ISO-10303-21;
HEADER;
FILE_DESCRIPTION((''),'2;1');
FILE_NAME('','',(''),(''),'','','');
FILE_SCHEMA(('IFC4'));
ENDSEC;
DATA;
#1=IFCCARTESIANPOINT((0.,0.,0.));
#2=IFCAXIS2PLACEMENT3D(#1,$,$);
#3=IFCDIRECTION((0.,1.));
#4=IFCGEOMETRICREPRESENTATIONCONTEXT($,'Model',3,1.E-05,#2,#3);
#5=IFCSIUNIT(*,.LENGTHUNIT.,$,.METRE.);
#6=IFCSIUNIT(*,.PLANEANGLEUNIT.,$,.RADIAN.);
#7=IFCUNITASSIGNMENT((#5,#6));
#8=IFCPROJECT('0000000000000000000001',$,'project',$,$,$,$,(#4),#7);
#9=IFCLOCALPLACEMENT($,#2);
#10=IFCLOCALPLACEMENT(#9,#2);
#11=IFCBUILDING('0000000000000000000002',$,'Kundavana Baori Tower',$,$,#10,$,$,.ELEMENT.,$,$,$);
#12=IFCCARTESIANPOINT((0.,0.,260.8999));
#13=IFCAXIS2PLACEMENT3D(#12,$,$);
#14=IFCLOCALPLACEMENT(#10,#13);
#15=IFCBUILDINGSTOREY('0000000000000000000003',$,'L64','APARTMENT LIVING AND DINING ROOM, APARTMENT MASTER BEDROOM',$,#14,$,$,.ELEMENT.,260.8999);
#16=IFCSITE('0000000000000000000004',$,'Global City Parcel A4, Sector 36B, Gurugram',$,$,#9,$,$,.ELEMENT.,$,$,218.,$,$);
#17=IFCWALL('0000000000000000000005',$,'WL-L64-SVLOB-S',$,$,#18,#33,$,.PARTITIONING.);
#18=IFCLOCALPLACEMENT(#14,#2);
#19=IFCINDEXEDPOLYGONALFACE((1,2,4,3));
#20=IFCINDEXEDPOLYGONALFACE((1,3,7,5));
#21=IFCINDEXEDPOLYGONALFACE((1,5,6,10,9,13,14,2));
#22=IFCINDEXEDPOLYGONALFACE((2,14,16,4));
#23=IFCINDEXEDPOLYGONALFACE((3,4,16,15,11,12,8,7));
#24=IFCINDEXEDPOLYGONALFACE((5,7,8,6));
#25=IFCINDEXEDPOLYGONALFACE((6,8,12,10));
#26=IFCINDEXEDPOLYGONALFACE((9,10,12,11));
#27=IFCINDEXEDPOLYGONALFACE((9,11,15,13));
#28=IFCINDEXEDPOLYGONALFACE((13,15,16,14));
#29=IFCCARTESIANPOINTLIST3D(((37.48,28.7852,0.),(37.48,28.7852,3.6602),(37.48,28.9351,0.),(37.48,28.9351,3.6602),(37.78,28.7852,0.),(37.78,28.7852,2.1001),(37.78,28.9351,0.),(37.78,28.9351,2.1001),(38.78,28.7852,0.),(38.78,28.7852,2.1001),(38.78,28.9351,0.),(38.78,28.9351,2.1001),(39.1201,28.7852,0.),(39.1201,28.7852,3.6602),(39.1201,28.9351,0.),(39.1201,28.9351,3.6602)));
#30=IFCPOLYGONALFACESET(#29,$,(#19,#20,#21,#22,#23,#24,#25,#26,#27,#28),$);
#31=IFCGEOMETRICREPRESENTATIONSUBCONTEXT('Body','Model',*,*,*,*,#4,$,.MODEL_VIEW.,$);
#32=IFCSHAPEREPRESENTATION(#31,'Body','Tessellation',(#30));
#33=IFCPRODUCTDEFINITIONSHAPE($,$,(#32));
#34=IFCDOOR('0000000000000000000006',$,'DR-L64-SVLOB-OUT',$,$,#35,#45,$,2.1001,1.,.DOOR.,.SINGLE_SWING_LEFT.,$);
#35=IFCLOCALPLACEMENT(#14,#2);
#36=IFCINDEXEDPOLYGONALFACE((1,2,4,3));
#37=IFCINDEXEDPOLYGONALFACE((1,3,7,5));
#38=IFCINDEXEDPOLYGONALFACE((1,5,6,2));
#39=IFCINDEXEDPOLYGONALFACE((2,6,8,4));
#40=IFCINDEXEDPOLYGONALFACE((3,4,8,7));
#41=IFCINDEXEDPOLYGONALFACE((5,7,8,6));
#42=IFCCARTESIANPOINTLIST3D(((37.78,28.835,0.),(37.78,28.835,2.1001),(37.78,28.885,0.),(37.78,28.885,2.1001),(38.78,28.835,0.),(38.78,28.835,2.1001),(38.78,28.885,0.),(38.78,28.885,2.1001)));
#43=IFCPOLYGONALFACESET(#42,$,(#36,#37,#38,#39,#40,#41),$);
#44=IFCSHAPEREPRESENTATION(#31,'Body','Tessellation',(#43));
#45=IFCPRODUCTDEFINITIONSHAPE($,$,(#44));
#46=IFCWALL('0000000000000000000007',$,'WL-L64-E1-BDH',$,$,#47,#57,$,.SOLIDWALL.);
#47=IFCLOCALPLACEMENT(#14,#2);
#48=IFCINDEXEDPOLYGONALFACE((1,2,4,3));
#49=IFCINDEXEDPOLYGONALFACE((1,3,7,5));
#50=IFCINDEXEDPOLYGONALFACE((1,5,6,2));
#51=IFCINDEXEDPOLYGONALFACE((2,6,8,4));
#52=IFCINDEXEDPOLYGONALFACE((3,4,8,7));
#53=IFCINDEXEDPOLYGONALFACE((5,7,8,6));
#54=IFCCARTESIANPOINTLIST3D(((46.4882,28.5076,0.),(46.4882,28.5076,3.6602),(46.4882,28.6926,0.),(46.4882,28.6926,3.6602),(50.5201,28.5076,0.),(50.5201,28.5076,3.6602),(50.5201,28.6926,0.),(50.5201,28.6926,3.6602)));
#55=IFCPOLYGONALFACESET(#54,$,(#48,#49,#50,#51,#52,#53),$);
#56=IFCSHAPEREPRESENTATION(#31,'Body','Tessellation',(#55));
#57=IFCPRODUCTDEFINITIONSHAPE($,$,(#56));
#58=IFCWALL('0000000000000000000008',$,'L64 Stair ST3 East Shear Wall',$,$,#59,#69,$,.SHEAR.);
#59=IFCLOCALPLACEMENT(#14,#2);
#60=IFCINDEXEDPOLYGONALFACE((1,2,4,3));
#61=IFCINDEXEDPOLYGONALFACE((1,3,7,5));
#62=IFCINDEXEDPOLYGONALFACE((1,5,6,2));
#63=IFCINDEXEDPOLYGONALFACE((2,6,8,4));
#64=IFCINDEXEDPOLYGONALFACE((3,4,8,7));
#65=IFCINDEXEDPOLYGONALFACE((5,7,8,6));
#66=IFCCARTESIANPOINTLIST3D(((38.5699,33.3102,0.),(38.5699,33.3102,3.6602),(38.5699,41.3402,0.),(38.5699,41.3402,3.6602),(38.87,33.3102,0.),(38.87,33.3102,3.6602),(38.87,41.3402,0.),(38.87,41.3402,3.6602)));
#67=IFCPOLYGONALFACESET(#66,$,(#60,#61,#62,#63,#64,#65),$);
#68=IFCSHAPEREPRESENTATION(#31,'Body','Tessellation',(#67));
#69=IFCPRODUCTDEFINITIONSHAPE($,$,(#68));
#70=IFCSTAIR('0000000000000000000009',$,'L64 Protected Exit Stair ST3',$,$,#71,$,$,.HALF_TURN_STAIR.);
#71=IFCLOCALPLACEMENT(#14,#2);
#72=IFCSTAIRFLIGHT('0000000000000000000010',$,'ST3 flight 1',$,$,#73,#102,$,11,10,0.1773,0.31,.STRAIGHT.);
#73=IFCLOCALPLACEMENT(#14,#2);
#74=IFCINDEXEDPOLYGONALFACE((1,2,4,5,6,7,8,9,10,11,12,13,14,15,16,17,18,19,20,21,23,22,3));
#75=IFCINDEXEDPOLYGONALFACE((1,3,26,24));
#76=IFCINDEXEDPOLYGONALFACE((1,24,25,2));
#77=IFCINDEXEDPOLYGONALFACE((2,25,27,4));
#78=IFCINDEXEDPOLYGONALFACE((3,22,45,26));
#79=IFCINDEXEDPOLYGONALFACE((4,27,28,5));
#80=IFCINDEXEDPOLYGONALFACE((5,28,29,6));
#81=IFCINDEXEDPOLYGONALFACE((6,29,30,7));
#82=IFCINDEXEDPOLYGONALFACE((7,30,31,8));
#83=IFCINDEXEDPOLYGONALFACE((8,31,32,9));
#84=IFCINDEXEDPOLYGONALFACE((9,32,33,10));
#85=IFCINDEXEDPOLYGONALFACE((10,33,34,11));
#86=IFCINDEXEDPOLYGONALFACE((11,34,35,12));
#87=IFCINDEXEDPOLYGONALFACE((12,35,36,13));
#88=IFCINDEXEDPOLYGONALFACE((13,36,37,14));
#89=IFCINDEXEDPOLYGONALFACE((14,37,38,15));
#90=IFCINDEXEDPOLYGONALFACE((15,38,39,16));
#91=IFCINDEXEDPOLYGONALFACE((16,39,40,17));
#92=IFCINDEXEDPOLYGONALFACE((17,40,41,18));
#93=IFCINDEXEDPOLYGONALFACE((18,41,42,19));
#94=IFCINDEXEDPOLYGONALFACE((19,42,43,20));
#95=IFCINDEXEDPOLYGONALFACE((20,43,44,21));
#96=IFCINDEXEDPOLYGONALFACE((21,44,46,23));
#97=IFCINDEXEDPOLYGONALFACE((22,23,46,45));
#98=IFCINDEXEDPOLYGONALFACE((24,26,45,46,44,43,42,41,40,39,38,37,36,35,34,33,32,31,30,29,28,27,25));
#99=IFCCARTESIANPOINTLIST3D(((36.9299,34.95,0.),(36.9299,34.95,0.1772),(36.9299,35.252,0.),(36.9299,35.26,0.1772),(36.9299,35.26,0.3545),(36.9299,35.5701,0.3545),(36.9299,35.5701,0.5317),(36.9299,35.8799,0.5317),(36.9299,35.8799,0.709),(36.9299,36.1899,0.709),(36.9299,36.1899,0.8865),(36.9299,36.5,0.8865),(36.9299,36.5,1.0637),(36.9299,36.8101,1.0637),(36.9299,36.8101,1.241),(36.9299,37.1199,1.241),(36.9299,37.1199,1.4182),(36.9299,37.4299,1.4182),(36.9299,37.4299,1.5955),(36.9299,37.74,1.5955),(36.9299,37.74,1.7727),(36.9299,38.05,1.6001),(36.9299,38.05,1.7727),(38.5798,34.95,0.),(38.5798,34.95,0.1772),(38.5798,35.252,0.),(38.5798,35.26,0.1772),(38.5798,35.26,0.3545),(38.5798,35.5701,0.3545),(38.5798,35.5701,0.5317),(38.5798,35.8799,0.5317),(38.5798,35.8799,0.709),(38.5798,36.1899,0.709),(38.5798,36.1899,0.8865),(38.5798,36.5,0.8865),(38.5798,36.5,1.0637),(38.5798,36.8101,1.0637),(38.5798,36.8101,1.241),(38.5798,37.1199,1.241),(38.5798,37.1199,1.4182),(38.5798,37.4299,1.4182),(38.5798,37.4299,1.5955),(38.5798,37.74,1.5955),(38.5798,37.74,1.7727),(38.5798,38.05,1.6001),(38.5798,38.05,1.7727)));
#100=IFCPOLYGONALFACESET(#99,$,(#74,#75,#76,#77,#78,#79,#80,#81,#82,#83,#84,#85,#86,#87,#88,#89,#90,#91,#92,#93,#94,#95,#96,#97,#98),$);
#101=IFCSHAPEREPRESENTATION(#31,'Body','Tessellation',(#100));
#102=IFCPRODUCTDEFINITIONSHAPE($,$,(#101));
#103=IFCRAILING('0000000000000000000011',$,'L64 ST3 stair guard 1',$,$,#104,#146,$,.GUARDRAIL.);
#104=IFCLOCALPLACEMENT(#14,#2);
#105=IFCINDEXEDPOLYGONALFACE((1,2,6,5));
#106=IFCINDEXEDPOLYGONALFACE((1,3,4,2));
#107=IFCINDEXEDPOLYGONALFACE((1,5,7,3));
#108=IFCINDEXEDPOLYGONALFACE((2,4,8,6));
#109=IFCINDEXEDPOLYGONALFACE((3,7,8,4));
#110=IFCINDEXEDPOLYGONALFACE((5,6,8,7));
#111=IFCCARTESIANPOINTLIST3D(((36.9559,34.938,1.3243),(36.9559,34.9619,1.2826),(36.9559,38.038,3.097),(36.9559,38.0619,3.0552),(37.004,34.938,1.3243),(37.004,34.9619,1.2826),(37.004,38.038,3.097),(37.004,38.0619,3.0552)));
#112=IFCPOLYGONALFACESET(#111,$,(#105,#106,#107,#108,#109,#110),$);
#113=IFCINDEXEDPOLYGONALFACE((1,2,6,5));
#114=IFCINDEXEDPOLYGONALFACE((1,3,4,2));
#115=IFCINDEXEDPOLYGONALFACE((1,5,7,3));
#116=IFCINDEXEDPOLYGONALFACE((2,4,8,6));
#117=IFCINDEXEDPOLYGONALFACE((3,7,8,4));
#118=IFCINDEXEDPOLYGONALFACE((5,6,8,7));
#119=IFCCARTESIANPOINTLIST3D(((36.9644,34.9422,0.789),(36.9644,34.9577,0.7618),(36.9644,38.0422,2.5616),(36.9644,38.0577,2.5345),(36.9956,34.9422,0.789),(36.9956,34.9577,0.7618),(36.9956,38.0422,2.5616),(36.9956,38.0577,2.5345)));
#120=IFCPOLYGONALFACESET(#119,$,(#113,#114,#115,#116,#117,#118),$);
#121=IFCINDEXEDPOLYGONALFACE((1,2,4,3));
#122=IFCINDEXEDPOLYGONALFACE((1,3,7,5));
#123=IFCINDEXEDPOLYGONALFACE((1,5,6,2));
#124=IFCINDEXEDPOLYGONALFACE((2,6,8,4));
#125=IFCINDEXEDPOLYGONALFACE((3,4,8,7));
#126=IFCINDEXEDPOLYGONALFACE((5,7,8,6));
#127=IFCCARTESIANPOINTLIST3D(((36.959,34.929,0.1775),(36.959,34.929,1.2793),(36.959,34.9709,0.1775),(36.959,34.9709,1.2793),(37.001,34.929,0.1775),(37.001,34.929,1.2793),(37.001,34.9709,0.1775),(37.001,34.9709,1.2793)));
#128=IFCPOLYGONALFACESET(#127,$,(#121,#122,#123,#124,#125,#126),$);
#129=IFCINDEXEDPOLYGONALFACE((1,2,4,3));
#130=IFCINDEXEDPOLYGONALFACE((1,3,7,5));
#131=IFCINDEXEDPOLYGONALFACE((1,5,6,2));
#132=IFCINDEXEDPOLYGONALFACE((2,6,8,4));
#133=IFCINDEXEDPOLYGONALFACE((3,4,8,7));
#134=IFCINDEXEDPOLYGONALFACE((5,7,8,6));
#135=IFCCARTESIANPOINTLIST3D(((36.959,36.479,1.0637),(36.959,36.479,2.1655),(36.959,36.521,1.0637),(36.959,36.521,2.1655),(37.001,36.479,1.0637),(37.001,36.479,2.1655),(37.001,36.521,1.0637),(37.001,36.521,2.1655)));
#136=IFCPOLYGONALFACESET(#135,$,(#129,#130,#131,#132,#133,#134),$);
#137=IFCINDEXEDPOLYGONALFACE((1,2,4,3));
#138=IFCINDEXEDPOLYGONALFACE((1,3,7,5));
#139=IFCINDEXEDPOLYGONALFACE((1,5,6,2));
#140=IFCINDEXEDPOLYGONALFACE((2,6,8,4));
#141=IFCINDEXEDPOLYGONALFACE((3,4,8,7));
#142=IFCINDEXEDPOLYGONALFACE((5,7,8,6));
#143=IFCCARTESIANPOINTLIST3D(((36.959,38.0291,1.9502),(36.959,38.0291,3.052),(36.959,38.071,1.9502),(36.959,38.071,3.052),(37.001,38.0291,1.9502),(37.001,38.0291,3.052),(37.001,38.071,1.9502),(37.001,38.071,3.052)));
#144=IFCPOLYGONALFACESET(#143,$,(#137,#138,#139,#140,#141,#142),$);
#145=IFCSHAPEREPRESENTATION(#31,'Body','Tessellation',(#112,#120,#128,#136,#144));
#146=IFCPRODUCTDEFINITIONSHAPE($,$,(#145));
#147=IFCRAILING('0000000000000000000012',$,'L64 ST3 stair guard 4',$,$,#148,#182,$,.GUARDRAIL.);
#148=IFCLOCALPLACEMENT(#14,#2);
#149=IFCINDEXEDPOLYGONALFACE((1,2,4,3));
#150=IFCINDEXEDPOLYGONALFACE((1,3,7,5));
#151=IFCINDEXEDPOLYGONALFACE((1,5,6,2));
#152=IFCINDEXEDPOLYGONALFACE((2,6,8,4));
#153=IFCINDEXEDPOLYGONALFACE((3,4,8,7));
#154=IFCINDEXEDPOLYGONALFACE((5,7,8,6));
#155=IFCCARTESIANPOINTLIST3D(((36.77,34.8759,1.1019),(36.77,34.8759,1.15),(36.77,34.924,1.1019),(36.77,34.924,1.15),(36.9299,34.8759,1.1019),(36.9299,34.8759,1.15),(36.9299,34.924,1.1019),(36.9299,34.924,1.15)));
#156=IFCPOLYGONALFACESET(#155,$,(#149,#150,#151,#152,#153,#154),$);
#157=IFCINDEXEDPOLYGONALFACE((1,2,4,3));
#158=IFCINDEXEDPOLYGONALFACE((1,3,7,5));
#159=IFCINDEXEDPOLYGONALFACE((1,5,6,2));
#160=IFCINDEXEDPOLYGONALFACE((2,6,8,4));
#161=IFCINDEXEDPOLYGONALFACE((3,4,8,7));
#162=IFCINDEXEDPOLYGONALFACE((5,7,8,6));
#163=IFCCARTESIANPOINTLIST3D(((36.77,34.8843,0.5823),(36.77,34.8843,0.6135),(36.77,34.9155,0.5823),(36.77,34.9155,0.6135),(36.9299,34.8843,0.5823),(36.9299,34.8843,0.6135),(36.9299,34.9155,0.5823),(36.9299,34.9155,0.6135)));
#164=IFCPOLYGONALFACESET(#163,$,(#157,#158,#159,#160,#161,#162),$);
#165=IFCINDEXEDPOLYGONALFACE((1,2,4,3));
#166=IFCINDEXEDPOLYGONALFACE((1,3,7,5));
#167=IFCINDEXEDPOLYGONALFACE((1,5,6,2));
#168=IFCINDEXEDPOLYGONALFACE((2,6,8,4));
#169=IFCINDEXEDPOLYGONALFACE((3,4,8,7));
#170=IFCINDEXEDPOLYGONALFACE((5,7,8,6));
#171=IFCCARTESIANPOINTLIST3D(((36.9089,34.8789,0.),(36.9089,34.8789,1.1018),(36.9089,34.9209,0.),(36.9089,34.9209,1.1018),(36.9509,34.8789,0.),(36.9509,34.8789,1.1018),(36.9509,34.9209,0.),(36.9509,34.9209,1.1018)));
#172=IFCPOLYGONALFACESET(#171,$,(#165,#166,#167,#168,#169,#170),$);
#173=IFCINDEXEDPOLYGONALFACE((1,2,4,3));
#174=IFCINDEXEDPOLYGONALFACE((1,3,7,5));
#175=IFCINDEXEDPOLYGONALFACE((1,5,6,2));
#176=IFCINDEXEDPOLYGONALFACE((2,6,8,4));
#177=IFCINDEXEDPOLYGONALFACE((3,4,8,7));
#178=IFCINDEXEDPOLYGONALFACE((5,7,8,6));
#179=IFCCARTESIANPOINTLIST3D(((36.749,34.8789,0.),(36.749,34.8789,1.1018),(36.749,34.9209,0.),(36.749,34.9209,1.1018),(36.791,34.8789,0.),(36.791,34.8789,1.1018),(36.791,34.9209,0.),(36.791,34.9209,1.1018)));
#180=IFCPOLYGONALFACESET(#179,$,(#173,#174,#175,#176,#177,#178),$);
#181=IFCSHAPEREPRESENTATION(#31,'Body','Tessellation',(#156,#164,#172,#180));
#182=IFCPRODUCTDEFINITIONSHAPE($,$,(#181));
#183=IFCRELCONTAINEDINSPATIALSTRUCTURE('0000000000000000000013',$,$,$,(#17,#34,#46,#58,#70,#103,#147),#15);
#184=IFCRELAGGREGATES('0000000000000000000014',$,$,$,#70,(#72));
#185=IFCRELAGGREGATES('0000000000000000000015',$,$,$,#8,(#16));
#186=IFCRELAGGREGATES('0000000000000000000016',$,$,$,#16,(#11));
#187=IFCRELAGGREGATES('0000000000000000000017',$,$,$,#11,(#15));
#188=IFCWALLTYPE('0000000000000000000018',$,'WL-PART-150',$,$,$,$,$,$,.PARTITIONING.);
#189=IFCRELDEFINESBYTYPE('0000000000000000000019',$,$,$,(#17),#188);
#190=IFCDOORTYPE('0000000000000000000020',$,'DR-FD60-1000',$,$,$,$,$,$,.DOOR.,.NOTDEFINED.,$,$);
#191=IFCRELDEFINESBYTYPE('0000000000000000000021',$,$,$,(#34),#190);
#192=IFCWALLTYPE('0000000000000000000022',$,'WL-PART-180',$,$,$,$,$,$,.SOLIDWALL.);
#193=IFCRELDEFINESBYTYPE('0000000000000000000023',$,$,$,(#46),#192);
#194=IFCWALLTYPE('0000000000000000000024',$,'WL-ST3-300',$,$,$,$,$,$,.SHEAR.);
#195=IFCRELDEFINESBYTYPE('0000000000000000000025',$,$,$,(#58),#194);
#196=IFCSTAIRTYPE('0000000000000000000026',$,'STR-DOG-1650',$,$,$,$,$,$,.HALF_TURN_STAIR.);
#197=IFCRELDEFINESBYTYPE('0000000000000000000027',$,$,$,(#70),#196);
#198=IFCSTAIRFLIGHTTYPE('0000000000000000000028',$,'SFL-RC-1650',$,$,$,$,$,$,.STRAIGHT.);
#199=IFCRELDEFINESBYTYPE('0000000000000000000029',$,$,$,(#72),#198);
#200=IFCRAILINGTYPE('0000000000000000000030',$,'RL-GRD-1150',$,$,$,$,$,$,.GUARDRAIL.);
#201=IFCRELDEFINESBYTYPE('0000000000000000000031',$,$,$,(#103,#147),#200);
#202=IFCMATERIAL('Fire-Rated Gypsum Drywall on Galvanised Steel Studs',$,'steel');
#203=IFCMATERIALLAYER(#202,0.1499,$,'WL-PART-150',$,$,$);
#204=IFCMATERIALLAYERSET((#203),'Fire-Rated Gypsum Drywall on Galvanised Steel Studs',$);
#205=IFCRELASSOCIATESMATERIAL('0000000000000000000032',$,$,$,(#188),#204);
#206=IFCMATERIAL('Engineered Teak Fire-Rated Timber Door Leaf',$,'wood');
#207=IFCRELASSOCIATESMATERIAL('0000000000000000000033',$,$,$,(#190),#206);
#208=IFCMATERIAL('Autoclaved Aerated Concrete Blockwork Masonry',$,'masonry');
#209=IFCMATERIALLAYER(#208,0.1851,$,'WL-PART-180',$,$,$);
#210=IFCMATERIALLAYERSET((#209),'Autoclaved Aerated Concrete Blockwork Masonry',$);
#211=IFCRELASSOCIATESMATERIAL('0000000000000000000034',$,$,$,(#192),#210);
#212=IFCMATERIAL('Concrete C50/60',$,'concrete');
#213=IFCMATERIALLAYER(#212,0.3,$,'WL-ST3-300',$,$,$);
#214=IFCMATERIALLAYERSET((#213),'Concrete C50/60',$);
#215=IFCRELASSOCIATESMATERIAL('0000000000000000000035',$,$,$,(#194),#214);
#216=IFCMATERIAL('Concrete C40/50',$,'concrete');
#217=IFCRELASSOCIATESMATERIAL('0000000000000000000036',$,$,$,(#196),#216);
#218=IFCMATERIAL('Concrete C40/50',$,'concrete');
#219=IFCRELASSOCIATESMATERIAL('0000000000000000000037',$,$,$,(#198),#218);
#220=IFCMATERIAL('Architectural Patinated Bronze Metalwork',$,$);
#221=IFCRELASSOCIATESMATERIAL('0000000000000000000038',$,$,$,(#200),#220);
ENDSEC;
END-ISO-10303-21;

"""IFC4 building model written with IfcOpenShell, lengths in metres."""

from ifc_helpers import new_model, si_unit, direction, frame, frame_2d, origin, origin_2d, place, context, subcontext, project, spatial, polyline, rectangle, outline, extrude, material, layer, layer_set, type_object, element, fill, aggregate, save


model = new_model("IFC4")

# Units and contexts
model_context = context("Model", 3, precision=1e-05, world=origin(), true_north=direction((0.0, 1.0)))
body_context = subcontext(model_context, "Body", "Model", "MODEL_VIEW")
ifc_project = project(units=[si_unit("LENGTHUNIT", "METRE"), si_unit("PLANEANGLEUNIT", "RADIAN")], contexts=[model_context])

# Site, building, storey
site_placement = place(None, origin())
site = spatial("IfcSite", under=ifc_project, at=site_placement, Name="Global City Parcel A4, Sector 36B, Gurugram", CompositionType="ELEMENT", RefElevation=218.0)
building_placement = place(site_placement, origin())
building = spatial("IfcBuilding", under=site, at=building_placement, Name="Kundavana Baori Tower", CompositionType="ELEMENT")
storey_placement = place(building_placement, frame((0.0, 0.0, 260.8999)))
storey = spatial("IfcBuildingStorey", under=building, at=storey_placement, Name="L64", Description="APARTMENT LIVING AND DINING ROOM, APARTMENT MASTER BEDROOM", CompositionType="ELEMENT", Elevation=260.8999)

# Shared definitions
ifc_material_1 = material(Name="Fire-Rated Gypsum Drywall on Galvanised Steel Studs", Category="steel")
ifc_layer_1 = layer(ifc_material_1, 0.1499, Name="WL-PART-150")
ifc_layer_set_1 = layer_set([ifc_layer_1], Name="Fire-Rated Gypsum Drywall on Galvanised Steel Studs")
wall_type_1 = type_object("IfcWallType", Name="WL-PART-150", PredefinedType="PARTITIONING", material=ifc_layer_set_1)

# Wall, opening, door
wall_1_placement = place(storey_placement, frame((37.48, 28.8601, 0.0), z_axis=(0.0, 0.0, 1.0), x_axis=(1.0, 0.0, 0.0)))
wall_1 = element("IfcWall", 1, at=wall_1_placement, inside=storey, type_object=wall_type_1, Name="WL-L64-SVLOB-S", PredefinedType="PARTITIONING", context=body_context, shape_type="SweptSolid", body=[
    extrude(rectangle(XDim=1.6401, YDim=0.1499, at=frame_2d((0.8201, 0.0))), origin(), (0.0, 0.0, 1.0), 3.6602),
])
opening_1_placement = place(wall_1_placement, frame((0.3, 0.0, 0.0)))
opening_1 = element("IfcOpeningElement", 2, at=opening_1_placement, cuts=wall_1, PredefinedType="OPENING", context=body_context, shape_type="SweptSolid", body=[
    extrude(rectangle(XDim=1.0, YDim=2.1001, at=frame_2d((0.5, 1.05))), frame((0.0, 0.085, 0.0), z_axis=(0.0, -1.0, 0.0), x_axis=(1.0, 0.0, 0.0)), (0.0, 0.0, 1.0), 0.1699),
])
ifc_material_2 = material(Name="Engineered Teak Fire-Rated Timber Door Leaf", Category="wood")
door_type_1 = type_object("IfcDoorType", Name="DR-FD60-1000", OperationType="NOTDEFINED", PredefinedType="DOOR", material=ifc_material_2)
door_1_placement = place(opening_1_placement, origin())
door_1 = element("IfcDoor", 3, at=door_1_placement, inside=storey, type_object=door_type_1, Name="DR-L64-SVLOB-OUT", OperationType="SINGLE_SWING_LEFT", OverallHeight=2.1001, OverallWidth=1.0, PredefinedType="DOOR", context=body_context, shape_type="SweptSolid", body=[
    extrude(rectangle(XDim=1.0, YDim=2.1001, at=frame_2d((0.5, 1.05))), frame((0.0, 0.0249, 0.0), z_axis=(0.0, -1.0, 0.0), x_axis=(1.0, 0.0, 0.0)), (0.0, 0.0, 1.0), 0.05),
])
fill(opening_1, door_1)

# Wall
ifc_material_3 = material(Name="Autoclaved Aerated Concrete Blockwork Masonry", Category="masonry")
ifc_layer_2 = layer(ifc_material_3, 0.1851, Name="WL-PART-180")
ifc_layer_set_2 = layer_set([ifc_layer_2], Name="Autoclaved Aerated Concrete Blockwork Masonry")
wall_type_2 = type_object("IfcWallType", Name="WL-PART-180", PredefinedType="SOLIDWALL", material=ifc_layer_set_2)
wall_2_placement = place(storey_placement, frame((46.488, 28.6001, 0.0), z_axis=(0.0, 0.0, 1.0), x_axis=(1.0, 0.0, 0.0)))
element("IfcWall", 4, at=wall_2_placement, inside=storey, type_object=wall_type_2, Name="WL-L64-E1-BDH", PredefinedType="SOLIDWALL", context=body_context, shape_type="SweptSolid", body=[
    extrude(rectangle(XDim=4.032, YDim=0.1851, at=frame_2d((2.0161, 0.0))), origin(), (0.0, 0.0, 1.0), 3.6602),
])

# Wall
ifc_material_4 = material(Name="Concrete C50/60", Category="concrete")
ifc_layer_3 = layer(ifc_material_4, 0.3, Name="WL-ST3-300")
ifc_layer_set_3 = layer_set([ifc_layer_3], Name="Concrete C50/60")
wall_type_3 = type_object("IfcWallType", Name="WL-ST3-300", PredefinedType="SHEAR", material=ifc_layer_set_3)
wall_3_placement = place(storey_placement, frame((38.72, 33.3101, 0.0), z_axis=(0.0, 0.0, 1.0), x_axis=(0.0, 1.0, 0.0)))
element("IfcWall", 5, at=wall_3_placement, inside=storey, type_object=wall_type_3, Name="L64 Stair ST3 East Shear Wall", PredefinedType="SHEAR", context=body_context, shape_type="SweptSolid", body=[
    extrude(rectangle(XDim=8.03, YDim=0.3, at=frame_2d((4.0151, 0.0))), origin(), (0.0, 0.0, 1.0), 3.6602),
])

# Stair, stair flight
ifc_material_5 = material(Name="Concrete C40/50", Category="concrete")
stair_type = type_object("IfcStairType", Name="STR-DOG-1650", PredefinedType="HALF_TURN_STAIR", material=ifc_material_5)
stair_placement = place(storey_placement, origin())
stair = element("IfcStair", 6, at=stair_placement, inside=storey, type_object=stair_type, Name="L64 Protected Exit Stair ST3", PredefinedType="HALF_TURN_STAIR")
ifc_material_6 = material(Name="Concrete C40/50", Category="concrete")
stair_flight_type = type_object("IfcStairFlightType", Name="SFL-RC-1650", PredefinedType="STRAIGHT", material=ifc_material_6)
stair_flight_placement = place(storey_placement, frame((37.7549, 34.95, 0.0), z_axis=(0.0, 0.0, 1.0), x_axis=(0.0, 1.0, 0.0)))
stair_flight = element("IfcStairFlight", 7, at=stair_flight_placement, type_object=stair_flight_type, Name="ST3 flight 1", NumberOfRisers=11, NumberOfTreads=10, PredefinedType="STRAIGHT", RiserHeight=0.1773, TreadLength=0.31, context=body_context, shape_type="SweptSolid", body=[
    extrude(outline(polyline([(0.0, 0.0), (0.0, 0.1772), (0.3101, 0.1772), (0.3101, 0.3545), (0.6201, 0.3545), (0.6201, 0.5317), (0.9299, 0.5317), (0.9299, 0.709), (1.24, 0.709), (1.24, 0.8865), (1.55, 0.8865), (1.55, 1.0637), (1.8601, 1.0637), (1.8601, 1.241), (2.1699, 1.241), (2.1699, 1.4182), (2.48, 1.4182), (2.48, 1.5955), (2.79, 1.5955), (2.79, 1.7727), (3.1001, 1.7727), (3.1001, 1.95), (3.1001, 1.6001), (0.302, 0.0), (0.0, 0.0)])), frame((0.0, 0.825, 0.0), z_axis=(0.0, -1.0, 0.0), x_axis=(1.0, 0.0, 0.0)), (0.0, 0.0, 1.0), 1.6499),
])
aggregate(stair, [stair_flight])

# Railings
ifc_material_7 = material(Name="Architectural Patinated Bronze Metalwork")
railing_type_1 = type_object("IfcRailingType", Name="RL-GRD-1150", PredefinedType="GUARDRAIL", material=ifc_material_7)
railing_1_placement = place(storey_placement, frame((36.98, 34.95, 0.1775)))
element("IfcRailing", 8, at=railing_1_placement, inside=storey, type_object=railing_type_1, Name="L64 ST3 stair guard 1", PredefinedType="GUARDRAIL", context=body_context, shape_type="SweptSolid", body=[
    extrude(rectangle(XDim=0.0481, YDim=0.0481, at=origin_2d()), frame((0.0, 0.0, 1.126), z_axis=(0.0, 0.868096, 0.496397), x_axis=(-1.0, 0.0, 0.0)), (0.0, 0.0, 1.0), 3.571),
    extrude(rectangle(XDim=0.0312, YDim=0.0312, at=origin_2d()), frame((0.0, 0.0, 0.5979), z_axis=(0.0, 0.868096, 0.496397), x_axis=(-1.0, 0.0, 0.0)), (0.0, 0.0, 1.0), 3.571),
    extrude(rectangle(XDim=0.042, YDim=0.042, at=origin_2d()), origin(), (0.0, 0.0, 1.0), 1.1018),
    extrude(rectangle(XDim=0.042, YDim=0.042, at=origin_2d()), frame((0.0, 1.55, 0.8862)), (0.0, 0.0, 1.0), 1.1018),
    extrude(rectangle(XDim=0.042, YDim=0.042, at=origin_2d()), frame((0.0, 3.1001, 1.7727)), (0.0, 0.0, 1.0), 1.1018),
])
railing_2_placement = place(storey_placement, frame((36.9299, 34.8999, 0.0)))
element("IfcRailing", 9, at=railing_2_placement, inside=storey, type_object=railing_type_1, Name="L64 ST3 stair guard 4", PredefinedType="GUARDRAIL", context=body_context, shape_type="SweptSolid", body=[
    extrude(rectangle(XDim=0.0481, YDim=0.0481, at=origin_2d()), frame((0.0, 0.0, 1.126), z_axis=(-1.0, 0.0, 0.0), x_axis=(0.0, -1.0, 0.0)), (0.0, 0.0, 1.0), 0.1599),
    extrude(rectangle(XDim=0.0312, YDim=0.0312, at=origin_2d()), frame((0.0, 0.0, 0.5979), z_axis=(-1.0, 0.0, 0.0), x_axis=(0.0, -1.0, 0.0)), (0.0, 0.0, 1.0), 0.1599),
    extrude(rectangle(XDim=0.042, YDim=0.042, at=origin_2d()), origin(), (0.0, 0.0, 1.0), 1.1018),
    extrude(rectangle(XDim=0.042, YDim=0.042, at=origin_2d()), frame((-0.1599, 0.0, 0.0)), (0.0, 0.0, 1.0), 1.1018),
])

save(model, "model.ifc")
